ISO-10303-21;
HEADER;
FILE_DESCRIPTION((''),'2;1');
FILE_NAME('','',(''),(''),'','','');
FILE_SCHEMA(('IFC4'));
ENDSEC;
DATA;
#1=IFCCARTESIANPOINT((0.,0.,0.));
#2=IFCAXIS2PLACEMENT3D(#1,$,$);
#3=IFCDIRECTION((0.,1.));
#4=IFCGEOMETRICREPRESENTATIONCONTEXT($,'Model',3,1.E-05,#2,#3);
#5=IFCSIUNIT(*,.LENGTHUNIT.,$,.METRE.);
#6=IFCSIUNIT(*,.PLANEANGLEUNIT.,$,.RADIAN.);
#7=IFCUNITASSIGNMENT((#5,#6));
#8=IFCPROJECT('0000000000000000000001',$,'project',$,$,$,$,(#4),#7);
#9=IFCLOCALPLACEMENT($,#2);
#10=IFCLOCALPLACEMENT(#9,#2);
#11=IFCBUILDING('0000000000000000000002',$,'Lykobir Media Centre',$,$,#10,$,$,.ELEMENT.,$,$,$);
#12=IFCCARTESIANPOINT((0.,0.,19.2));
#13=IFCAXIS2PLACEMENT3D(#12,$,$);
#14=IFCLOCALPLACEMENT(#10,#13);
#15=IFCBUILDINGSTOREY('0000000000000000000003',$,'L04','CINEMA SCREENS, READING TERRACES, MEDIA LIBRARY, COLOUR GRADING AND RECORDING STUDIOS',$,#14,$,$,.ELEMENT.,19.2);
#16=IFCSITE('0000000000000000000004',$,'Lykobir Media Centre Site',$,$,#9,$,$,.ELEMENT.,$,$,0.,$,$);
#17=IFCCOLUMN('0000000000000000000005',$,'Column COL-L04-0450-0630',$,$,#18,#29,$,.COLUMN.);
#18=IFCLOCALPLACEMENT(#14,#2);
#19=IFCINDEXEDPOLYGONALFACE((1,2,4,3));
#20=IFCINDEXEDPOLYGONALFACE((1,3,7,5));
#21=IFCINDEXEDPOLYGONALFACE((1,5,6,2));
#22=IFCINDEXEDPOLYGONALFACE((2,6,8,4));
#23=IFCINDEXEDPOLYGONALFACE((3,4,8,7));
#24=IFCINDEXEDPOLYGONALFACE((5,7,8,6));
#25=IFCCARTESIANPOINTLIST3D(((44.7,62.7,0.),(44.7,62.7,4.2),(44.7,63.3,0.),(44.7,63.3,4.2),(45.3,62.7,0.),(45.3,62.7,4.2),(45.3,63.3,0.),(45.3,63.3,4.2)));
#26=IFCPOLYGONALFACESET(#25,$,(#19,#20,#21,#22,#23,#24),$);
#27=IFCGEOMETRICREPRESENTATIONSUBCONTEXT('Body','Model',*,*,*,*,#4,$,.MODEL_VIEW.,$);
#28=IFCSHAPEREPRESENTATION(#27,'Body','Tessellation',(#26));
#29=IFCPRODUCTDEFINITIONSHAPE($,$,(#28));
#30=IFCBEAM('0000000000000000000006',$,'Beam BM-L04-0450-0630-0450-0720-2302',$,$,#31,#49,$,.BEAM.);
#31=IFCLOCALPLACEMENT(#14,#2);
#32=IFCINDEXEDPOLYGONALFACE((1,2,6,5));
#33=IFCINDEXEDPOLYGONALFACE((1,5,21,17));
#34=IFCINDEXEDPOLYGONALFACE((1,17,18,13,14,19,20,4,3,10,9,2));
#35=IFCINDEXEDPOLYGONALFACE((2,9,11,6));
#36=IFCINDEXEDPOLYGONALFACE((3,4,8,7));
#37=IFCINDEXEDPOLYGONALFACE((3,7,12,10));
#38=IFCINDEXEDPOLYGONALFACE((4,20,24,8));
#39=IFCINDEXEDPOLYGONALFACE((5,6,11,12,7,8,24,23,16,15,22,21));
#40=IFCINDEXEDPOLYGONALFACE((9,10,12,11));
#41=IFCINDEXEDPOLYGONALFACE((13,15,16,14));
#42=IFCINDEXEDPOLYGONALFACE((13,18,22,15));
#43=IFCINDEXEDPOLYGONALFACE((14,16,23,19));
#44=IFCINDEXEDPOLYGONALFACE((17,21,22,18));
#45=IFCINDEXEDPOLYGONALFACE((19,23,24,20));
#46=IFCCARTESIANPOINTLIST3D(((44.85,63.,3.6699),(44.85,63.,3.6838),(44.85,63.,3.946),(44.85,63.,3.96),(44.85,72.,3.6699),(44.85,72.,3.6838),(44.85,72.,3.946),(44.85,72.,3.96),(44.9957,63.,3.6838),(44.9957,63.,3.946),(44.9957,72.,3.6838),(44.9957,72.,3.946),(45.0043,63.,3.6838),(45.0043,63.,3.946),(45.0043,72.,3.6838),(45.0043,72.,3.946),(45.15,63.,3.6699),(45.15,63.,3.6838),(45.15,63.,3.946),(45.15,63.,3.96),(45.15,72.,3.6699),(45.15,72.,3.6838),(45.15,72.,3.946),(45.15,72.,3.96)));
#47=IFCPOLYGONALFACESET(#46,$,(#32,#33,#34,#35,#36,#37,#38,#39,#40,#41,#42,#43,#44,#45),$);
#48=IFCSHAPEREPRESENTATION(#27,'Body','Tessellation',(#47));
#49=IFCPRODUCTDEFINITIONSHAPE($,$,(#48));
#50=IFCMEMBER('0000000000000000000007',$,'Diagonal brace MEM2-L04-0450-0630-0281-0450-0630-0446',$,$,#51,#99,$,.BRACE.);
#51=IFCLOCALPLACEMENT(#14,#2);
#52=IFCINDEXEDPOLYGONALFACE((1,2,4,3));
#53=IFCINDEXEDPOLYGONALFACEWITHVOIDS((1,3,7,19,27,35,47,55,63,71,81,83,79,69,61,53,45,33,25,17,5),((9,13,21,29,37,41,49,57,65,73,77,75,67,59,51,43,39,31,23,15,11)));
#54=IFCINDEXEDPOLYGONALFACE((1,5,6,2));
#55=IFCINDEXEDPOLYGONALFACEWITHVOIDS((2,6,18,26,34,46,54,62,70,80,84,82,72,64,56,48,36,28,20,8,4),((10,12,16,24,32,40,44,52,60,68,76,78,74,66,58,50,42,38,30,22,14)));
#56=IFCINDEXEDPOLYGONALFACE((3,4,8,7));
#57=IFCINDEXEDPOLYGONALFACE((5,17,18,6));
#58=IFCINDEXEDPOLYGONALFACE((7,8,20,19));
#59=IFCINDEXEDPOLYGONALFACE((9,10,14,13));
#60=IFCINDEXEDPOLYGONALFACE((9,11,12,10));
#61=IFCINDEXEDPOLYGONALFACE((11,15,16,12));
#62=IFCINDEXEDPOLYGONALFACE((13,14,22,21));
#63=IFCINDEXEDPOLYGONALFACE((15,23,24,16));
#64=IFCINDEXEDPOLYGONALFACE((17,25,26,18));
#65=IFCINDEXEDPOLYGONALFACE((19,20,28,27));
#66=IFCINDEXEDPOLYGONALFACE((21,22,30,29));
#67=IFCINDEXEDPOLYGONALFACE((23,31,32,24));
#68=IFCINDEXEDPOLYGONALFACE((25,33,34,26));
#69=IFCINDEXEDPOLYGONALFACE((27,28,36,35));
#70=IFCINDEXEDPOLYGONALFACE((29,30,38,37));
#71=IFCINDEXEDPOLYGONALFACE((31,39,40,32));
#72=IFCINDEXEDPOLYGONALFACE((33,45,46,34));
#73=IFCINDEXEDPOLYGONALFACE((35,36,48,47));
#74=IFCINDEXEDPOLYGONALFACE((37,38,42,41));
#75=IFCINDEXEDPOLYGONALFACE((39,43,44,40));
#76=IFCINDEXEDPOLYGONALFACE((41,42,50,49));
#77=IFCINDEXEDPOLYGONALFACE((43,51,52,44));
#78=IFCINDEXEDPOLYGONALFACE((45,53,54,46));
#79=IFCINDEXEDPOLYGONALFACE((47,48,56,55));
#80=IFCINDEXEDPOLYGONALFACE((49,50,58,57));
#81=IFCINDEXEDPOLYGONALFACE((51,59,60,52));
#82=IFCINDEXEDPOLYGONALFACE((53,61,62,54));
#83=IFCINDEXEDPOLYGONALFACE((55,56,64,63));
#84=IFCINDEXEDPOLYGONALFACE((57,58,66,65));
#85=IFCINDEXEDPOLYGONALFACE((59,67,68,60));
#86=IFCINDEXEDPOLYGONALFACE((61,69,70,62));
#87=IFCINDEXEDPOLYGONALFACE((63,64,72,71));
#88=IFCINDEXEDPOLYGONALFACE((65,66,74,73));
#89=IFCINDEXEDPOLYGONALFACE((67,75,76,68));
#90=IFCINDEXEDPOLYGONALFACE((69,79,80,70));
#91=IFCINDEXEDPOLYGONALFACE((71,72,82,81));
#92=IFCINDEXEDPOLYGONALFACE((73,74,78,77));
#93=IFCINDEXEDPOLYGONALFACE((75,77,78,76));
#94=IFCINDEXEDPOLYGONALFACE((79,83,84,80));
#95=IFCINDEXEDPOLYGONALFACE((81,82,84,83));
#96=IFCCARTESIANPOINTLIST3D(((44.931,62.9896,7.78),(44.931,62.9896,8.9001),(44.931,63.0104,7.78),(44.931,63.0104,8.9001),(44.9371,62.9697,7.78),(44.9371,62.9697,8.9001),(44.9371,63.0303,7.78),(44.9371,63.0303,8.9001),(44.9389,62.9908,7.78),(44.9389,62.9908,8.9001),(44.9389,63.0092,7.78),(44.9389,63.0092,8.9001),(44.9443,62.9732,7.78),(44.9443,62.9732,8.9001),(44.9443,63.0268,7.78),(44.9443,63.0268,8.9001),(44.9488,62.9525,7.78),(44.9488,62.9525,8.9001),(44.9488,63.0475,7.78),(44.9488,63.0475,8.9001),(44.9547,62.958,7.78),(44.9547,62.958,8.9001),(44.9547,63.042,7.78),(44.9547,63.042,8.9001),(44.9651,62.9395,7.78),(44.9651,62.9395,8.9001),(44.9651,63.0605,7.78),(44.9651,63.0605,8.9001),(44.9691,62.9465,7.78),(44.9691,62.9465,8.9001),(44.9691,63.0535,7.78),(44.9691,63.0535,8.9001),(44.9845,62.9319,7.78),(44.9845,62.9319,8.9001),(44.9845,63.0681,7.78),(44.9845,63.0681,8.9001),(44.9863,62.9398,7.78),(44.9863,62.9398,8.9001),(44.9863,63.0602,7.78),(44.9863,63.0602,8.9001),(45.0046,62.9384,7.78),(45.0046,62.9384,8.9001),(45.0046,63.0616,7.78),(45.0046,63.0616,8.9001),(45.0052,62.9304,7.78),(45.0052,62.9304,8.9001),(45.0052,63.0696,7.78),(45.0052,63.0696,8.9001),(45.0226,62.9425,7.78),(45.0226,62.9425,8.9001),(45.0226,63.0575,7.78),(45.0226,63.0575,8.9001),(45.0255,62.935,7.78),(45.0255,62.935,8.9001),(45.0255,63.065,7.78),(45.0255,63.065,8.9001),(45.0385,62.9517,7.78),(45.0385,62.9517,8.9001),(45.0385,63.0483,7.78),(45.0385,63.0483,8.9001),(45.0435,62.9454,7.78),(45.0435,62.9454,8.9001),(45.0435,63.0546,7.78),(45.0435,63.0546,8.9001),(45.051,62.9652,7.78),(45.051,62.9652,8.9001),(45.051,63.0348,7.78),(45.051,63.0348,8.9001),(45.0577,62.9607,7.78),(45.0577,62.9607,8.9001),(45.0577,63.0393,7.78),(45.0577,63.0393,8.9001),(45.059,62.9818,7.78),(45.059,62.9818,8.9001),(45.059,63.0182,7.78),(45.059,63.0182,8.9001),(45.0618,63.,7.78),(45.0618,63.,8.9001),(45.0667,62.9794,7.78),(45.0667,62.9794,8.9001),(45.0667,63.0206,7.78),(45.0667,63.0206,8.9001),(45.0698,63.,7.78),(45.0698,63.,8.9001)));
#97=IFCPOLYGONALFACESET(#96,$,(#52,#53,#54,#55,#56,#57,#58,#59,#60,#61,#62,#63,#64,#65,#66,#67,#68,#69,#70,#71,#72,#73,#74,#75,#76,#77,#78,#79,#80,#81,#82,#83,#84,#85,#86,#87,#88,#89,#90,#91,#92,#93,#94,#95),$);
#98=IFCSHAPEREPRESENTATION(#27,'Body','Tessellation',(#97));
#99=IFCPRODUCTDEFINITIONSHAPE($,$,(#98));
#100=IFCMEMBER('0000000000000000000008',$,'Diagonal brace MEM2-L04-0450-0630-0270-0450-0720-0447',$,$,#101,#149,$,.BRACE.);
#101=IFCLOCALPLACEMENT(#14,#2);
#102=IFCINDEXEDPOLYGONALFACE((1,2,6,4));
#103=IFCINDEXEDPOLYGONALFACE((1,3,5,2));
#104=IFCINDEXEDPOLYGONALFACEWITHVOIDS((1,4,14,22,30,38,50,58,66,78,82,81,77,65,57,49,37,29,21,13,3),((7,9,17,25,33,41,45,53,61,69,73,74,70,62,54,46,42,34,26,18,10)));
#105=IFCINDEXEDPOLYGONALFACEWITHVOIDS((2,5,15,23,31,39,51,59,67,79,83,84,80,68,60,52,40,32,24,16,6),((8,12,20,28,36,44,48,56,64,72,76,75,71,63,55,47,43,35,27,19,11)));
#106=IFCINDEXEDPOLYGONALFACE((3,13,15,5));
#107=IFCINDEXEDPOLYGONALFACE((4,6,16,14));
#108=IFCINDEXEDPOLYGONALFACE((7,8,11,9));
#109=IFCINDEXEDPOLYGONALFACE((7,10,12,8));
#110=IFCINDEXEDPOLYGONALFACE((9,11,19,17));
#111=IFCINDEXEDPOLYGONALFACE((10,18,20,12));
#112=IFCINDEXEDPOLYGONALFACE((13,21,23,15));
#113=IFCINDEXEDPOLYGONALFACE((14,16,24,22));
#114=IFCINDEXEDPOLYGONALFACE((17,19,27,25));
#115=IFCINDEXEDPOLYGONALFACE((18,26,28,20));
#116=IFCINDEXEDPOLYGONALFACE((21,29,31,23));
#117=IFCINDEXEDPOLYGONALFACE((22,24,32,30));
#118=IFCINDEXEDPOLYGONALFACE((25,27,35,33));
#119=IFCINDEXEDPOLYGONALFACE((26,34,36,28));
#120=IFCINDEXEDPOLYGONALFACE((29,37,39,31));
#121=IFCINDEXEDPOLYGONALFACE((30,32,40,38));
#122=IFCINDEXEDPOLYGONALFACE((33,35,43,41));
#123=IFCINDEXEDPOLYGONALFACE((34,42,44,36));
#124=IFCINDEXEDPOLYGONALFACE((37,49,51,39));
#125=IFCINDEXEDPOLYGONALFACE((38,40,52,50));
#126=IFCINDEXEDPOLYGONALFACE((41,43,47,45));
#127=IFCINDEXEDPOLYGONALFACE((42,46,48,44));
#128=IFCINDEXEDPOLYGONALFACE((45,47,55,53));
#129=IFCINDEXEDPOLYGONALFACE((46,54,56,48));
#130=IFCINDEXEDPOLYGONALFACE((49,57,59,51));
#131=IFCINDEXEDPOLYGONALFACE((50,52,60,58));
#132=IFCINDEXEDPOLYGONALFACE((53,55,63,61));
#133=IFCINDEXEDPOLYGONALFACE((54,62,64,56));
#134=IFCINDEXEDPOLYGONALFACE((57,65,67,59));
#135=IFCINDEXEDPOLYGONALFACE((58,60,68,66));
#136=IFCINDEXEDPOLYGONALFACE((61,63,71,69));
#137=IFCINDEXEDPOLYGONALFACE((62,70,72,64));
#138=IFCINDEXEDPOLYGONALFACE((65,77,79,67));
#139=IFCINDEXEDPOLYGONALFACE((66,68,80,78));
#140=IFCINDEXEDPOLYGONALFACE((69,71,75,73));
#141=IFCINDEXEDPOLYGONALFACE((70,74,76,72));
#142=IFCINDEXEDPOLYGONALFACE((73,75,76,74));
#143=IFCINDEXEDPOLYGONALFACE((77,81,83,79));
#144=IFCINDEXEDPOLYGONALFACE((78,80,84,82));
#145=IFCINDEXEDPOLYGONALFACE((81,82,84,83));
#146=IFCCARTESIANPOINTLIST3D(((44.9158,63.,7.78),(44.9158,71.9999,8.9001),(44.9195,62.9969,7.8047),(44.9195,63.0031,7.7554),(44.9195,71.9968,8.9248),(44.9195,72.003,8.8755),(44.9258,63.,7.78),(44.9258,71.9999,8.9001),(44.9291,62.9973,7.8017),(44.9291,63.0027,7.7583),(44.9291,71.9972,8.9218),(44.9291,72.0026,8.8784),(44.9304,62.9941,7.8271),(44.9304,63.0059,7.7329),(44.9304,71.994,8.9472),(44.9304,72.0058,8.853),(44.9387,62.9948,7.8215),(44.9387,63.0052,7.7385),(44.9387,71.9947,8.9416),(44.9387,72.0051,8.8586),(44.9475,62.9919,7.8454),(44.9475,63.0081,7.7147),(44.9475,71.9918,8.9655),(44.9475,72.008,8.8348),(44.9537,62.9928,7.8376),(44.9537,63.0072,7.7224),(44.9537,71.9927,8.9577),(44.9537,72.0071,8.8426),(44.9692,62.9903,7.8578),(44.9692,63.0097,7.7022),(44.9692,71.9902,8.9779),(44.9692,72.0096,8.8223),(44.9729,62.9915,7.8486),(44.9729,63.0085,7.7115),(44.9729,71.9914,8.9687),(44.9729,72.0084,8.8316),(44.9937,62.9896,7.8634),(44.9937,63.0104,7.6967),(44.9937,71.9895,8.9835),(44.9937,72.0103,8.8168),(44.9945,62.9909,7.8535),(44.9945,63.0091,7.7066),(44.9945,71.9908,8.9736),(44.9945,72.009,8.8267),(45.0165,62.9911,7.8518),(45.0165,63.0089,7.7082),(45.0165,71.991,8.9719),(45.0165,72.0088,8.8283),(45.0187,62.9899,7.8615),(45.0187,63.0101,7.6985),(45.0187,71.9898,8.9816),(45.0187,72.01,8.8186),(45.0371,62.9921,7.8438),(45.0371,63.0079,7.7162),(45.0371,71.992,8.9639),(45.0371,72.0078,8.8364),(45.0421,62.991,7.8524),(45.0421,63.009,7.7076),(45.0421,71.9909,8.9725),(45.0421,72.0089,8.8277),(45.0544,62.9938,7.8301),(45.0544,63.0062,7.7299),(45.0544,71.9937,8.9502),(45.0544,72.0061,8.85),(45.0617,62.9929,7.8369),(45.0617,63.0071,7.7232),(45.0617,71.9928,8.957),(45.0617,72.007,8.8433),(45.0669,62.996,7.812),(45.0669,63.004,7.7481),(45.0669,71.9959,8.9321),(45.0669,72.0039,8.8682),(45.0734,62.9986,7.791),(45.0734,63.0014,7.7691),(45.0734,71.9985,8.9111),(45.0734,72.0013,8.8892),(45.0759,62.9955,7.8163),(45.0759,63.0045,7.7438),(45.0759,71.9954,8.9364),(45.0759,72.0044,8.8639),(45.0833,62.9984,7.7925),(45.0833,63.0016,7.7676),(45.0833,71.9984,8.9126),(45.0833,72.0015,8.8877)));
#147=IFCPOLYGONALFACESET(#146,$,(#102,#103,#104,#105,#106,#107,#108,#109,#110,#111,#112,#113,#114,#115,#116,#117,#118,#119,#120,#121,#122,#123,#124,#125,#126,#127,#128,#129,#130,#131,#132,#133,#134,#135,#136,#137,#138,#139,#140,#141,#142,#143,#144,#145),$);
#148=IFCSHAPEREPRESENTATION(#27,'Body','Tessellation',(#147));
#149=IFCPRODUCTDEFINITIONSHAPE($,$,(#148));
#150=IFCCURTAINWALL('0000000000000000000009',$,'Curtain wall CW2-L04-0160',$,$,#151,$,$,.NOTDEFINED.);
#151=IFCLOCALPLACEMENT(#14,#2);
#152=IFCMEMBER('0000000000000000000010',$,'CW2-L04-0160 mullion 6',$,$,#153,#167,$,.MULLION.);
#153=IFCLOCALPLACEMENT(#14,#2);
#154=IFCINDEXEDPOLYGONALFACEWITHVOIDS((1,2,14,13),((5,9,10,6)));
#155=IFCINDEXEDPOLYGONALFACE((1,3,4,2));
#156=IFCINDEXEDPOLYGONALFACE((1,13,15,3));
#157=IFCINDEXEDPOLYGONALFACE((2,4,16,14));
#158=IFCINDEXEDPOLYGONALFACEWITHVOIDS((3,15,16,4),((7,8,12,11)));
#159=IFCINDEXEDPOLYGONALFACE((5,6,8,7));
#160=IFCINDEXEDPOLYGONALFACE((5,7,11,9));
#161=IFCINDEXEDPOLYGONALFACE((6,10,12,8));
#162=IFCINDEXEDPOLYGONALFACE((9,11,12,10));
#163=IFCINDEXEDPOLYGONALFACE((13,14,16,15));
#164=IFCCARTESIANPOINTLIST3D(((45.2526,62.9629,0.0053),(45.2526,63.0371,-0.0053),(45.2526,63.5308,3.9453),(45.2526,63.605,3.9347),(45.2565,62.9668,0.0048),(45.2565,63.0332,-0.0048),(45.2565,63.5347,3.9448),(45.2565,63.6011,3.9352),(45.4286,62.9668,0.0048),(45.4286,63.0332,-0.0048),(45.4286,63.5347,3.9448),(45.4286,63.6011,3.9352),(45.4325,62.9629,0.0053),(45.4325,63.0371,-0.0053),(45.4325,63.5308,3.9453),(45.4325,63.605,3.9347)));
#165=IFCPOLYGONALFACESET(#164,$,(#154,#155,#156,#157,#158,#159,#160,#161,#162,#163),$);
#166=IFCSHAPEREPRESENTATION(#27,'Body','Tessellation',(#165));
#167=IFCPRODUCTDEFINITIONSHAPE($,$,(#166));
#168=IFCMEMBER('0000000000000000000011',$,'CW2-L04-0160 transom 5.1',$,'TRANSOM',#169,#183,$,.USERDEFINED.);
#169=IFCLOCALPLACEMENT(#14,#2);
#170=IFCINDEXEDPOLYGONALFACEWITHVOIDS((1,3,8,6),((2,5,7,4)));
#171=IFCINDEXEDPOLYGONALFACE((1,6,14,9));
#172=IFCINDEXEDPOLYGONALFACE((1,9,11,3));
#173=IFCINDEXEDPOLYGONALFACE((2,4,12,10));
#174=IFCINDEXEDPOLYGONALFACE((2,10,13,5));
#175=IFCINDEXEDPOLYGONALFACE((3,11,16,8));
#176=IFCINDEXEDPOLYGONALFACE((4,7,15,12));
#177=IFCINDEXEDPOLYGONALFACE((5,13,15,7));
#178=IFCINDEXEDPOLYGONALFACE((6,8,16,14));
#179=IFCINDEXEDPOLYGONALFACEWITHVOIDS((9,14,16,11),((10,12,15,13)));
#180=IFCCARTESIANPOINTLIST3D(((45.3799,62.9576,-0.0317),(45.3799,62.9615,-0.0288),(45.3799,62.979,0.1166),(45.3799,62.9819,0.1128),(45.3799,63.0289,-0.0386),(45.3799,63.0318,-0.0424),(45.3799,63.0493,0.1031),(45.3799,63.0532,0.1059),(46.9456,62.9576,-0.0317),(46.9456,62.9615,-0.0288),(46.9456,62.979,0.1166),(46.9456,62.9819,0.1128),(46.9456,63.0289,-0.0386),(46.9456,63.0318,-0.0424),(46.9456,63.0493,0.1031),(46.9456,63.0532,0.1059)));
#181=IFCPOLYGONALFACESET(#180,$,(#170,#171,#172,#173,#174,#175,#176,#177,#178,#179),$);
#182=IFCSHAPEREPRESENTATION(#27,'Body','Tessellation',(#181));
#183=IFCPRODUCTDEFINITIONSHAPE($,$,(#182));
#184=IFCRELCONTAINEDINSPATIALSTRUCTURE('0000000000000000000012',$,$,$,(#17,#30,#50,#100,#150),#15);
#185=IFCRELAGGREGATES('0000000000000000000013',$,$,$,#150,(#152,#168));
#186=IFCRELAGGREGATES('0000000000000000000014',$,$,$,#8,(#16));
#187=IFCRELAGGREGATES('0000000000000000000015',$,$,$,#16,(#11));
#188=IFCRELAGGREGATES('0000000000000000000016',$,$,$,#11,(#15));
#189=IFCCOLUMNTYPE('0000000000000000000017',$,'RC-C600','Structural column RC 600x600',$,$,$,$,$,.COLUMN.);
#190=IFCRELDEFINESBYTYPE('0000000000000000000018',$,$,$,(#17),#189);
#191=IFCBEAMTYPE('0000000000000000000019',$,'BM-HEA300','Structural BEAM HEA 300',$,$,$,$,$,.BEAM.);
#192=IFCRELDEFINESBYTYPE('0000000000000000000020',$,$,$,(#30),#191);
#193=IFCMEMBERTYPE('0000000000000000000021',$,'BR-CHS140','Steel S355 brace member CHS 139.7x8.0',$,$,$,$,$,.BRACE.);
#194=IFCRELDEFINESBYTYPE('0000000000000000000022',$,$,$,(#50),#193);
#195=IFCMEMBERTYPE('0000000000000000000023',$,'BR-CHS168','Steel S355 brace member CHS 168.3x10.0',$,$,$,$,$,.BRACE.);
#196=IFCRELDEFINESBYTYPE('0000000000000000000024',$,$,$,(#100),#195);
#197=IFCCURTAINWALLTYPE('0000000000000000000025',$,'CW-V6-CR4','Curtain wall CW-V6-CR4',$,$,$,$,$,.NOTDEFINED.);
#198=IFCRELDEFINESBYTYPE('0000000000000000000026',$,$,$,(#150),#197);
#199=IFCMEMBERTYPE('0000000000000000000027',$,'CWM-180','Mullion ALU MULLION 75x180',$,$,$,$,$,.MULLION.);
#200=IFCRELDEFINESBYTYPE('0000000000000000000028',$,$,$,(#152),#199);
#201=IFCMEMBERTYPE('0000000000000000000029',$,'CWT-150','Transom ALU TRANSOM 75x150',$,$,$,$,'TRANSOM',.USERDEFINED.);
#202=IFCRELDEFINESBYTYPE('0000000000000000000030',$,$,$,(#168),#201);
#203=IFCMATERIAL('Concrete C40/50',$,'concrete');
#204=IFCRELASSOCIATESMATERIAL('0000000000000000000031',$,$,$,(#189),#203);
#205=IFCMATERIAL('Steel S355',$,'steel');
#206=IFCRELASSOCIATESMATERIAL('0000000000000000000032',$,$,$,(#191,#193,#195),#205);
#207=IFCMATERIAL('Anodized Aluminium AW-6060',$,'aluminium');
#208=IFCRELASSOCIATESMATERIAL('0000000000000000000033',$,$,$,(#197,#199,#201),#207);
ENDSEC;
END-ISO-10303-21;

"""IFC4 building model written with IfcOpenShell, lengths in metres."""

from ifc_helpers import new_model, si_unit, direction, frame, origin, origin_2d, place, context, subcontext, project, spatial, rectangle, hollow_rectangle, hollow_circle, i_section, extrude, material, material_profile, profile_set, type_object, element, aggregate, save


model = new_model("IFC4")

# Units and contexts
model_context = context("Model", 3, precision=1e-05, world=origin(), true_north=direction((0.0, 1.0)))
body_context = subcontext(model_context, "Body", "Model", "MODEL_VIEW")
ifc_project = project(units=[si_unit("LENGTHUNIT", "METRE"), si_unit("PLANEANGLEUNIT", "RADIAN")], contexts=[model_context])

# Site, building, storey
site_placement = place(None, origin())
site = spatial("IfcSite", under=ifc_project, at=site_placement, Name="Lykobir Media Centre Site", CompositionType="ELEMENT", RefElevation=0.0)
building_placement = place(site_placement, origin())
building = spatial("IfcBuilding", under=site, at=building_placement, Name="Lykobir Media Centre", CompositionType="ELEMENT")
storey_placement = place(building_placement, frame((0.0, 0.0, 19.2)))
storey = spatial("IfcBuildingStorey", under=building, at=storey_placement, Name="L04", Description="CINEMA SCREENS, READING TERRACES, MEDIA LIBRARY, COLOUR GRADING AND RECORDING STUDIOS", CompositionType="ELEMENT", Elevation=19.2)

# Column
ifc_material_1 = material(Name="Concrete C40/50", Category="concrete")
ifc_material_profile_1 = material_profile(ifc_material_1, rectangle(XDim=0.6001, YDim=0.6001, at=origin_2d()), Name="RC 600x600")
ifc_profile_set_1 = profile_set([ifc_material_profile_1], Name="Concrete C40/50")
column_type = type_object("IfcColumnType", Name="RC-C600", Description="Structural column RC 600x600", PredefinedType="COLUMN", material=ifc_profile_set_1)
column_placement = place(storey_placement, frame((45.0, 63.0, 0.0), z_axis=(0.0, 0.0, 1.0), x_axis=(1.0, 0.0, 0.0)))
element("IfcColumn", 1, at=column_placement, inside=storey, type_object=column_type, Name="Column COL-L04-0450-0630", PredefinedType="COLUMN", context=body_context, shape_type="SweptSolid", body=[
    extrude(rectangle(XDim=0.6001, YDim=0.6001, at=origin_2d()), origin(), (0.0, 0.0, 1.0), 4.2),
])

# Beam
ifc_material_2 = material(Name="Steel S355", Category="steel")
ifc_material_profile_2 = material_profile(ifc_material_2, i_section(OverallWidth=0.3, OverallDepth=0.29, WebThickness=0.0085, FlangeThickness=0.0139, at=origin_2d()), Name="HEA 300")
ifc_profile_set_2 = profile_set([ifc_material_profile_2], Name="Steel S355")
beam_type_1 = type_object("IfcBeamType", Name="BM-HEA300", Description="Structural BEAM HEA 300", PredefinedType="BEAM", material=ifc_profile_set_2)
beam_placement = place(storey_placement, frame((45.0, 63.0, 3.8149), z_axis=(0.0, 1.0, 0.0), x_axis=(-1.0, 0.0, 0.0)))
element("IfcBeam", 2, at=beam_placement, inside=storey, type_object=beam_type_1, Name="Beam BM-L04-0450-0630-0450-0720-2302", PredefinedType="BEAM", context=body_context, shape_type="SweptSolid", body=[
    extrude(i_section(OverallWidth=0.3, OverallDepth=0.29, WebThickness=0.0085, FlangeThickness=0.0139, at=origin_2d()), origin(), (0.0, 0.0, 1.0), 9.0),
])

# Members
ifc_material_profile_3 = material_profile(ifc_material_2, hollow_circle(Radius=0.0698, WallThickness=0.0081, at=origin_2d()), Name="CHS 139.7x8.0")
ifc_profile_set_3 = profile_set([ifc_material_profile_3], Name="Steel S355")
member_type_1 = type_object("IfcMemberType", Name="BR-CHS140", Description="Steel S355 brace member CHS 139.7x8.0", PredefinedType="BRACE", material=ifc_profile_set_3)
member_1_placement = place(storey_placement, frame((45.0, 63.0, 8.9001), z_axis=(0.0, 0.0, -1.0), x_axis=(1.0, 0.0, 0.0)))
element("IfcMember", 3, at=member_1_placement, inside=storey, type_object=member_type_1, Name="Diagonal brace MEM2-L04-0450-0630-0281-0450-0630-0446", PredefinedType="BRACE", context=body_context, shape_type="SweptSolid", body=[
    extrude(hollow_circle(Radius=0.0698, WallThickness=0.0081, at=origin_2d()), origin(), (0.0, 0.0, 1.0), 1.1201),
])
ifc_material_profile_4 = material_profile(ifc_material_2, hollow_circle(Radius=0.0842, WallThickness=0.01, at=origin_2d()), Name="CHS 168.3x10.0")
ifc_profile_set_4 = profile_set([ifc_material_profile_4], Name="Steel S355")
member_type_2 = type_object("IfcMemberType", Name="BR-CHS168", Description="Steel S355 brace member CHS 168.3x10.0", PredefinedType="BRACE", material=ifc_profile_set_4)
member_2_placement = place(storey_placement, frame((45.0, 63.0, 7.78), z_axis=(0.0, 0.992344, 0.123505), x_axis=(-1.0, 0.0, 0.0)))
element("IfcMember", 4, at=member_2_placement, inside=storey, type_object=member_type_2, Name="Diagonal brace MEM2-L04-0450-0630-0270-0450-0720-0447", PredefinedType="BRACE", context=body_context, shape_type="SweptSolid", body=[
    extrude(hollow_circle(Radius=0.0842, WallThickness=0.01, at=origin_2d()), origin(), (0.0, 0.0, 1.0), 9.0693),
])

# Curtain wall, members
ifc_material_3 = material(Name="Anodized Aluminium AW-6060", Category="aluminium")
curtain_wall_type = type_object("IfcCurtainWallType", Name="CW-V6-CR4", Description="Curtain wall CW-V6-CR4", PredefinedType="NOTDEFINED", material=ifc_material_3)
curtain_wall_placement = place(storey_placement, origin())
curtain_wall = element("IfcCurtainWall", 5, at=curtain_wall_placement, inside=storey, type_object=curtain_wall_type, Name="Curtain wall CW2-L04-0160", PredefinedType="NOTDEFINED")
ifc_material_profile_5 = material_profile(ifc_material_3, hollow_rectangle(XDim=0.075, YDim=0.1799, WallThickness=0.0039, at=origin_2d()), Name="ALU MULLION 75x180")
ifc_profile_set_5 = profile_set([ifc_material_profile_5], Name="Anodized Aluminium AW-6060")
member_type_3 = type_object("IfcMemberType", Name="CWM-180", Description="Mullion ALU MULLION 75x180", PredefinedType="MULLION", material=ifc_profile_set_5)
member_3_placement = place(storey_placement, frame((45.3425, 63.0, 0.0), z_axis=(0.0, 0.142658, 0.989772), x_axis=(0.0, 0.989772, -0.142658)))
member_3 = element("IfcMember", 6, at=member_3_placement, type_object=member_type_3, Name="CW2-L04-0160 mullion 6", PredefinedType="MULLION", context=body_context, shape_type="SweptSolid", body=[
    extrude(hollow_rectangle(XDim=0.075, YDim=0.1799, WallThickness=0.0039, at=origin_2d()), origin(), (0.0, 0.0, 1.0), 3.9807),
])
ifc_material_profile_6 = material_profile(ifc_material_3, hollow_rectangle(XDim=0.075, YDim=0.1499, WallThickness=0.0034, at=origin_2d()), Name="ALU TRANSOM 75x150")
ifc_profile_set_6 = profile_set([ifc_material_profile_6], Name="Anodized Aluminium AW-6060")
member_type_4 = type_object("IfcMemberType", Name="CWT-150", Description="Transom ALU TRANSOM 75x150", ElementType="TRANSOM", PredefinedType="USERDEFINED", material=ifc_profile_set_6)
member_4_placement = place(storey_placement, frame((46.9456, 63.0054, 0.0371), z_axis=(-1.0, 0.0, 0.0), x_axis=(0.0, -0.989776, 0.142629)))
member_4 = element("IfcMember", 7, at=member_4_placement, type_object=member_type_4, Name="CW2-L04-0160 transom 5.1", ObjectType="TRANSOM", PredefinedType="USERDEFINED", context=body_context, shape_type="SweptSolid", body=[
    extrude(hollow_rectangle(XDim=0.075, YDim=0.1499, WallThickness=0.0034, at=origin_2d()), origin(), (0.0, 0.0, 1.0), 1.5657),
])

aggregate(curtain_wall, [member_3, member_4])

save(model, "model.ifc")
